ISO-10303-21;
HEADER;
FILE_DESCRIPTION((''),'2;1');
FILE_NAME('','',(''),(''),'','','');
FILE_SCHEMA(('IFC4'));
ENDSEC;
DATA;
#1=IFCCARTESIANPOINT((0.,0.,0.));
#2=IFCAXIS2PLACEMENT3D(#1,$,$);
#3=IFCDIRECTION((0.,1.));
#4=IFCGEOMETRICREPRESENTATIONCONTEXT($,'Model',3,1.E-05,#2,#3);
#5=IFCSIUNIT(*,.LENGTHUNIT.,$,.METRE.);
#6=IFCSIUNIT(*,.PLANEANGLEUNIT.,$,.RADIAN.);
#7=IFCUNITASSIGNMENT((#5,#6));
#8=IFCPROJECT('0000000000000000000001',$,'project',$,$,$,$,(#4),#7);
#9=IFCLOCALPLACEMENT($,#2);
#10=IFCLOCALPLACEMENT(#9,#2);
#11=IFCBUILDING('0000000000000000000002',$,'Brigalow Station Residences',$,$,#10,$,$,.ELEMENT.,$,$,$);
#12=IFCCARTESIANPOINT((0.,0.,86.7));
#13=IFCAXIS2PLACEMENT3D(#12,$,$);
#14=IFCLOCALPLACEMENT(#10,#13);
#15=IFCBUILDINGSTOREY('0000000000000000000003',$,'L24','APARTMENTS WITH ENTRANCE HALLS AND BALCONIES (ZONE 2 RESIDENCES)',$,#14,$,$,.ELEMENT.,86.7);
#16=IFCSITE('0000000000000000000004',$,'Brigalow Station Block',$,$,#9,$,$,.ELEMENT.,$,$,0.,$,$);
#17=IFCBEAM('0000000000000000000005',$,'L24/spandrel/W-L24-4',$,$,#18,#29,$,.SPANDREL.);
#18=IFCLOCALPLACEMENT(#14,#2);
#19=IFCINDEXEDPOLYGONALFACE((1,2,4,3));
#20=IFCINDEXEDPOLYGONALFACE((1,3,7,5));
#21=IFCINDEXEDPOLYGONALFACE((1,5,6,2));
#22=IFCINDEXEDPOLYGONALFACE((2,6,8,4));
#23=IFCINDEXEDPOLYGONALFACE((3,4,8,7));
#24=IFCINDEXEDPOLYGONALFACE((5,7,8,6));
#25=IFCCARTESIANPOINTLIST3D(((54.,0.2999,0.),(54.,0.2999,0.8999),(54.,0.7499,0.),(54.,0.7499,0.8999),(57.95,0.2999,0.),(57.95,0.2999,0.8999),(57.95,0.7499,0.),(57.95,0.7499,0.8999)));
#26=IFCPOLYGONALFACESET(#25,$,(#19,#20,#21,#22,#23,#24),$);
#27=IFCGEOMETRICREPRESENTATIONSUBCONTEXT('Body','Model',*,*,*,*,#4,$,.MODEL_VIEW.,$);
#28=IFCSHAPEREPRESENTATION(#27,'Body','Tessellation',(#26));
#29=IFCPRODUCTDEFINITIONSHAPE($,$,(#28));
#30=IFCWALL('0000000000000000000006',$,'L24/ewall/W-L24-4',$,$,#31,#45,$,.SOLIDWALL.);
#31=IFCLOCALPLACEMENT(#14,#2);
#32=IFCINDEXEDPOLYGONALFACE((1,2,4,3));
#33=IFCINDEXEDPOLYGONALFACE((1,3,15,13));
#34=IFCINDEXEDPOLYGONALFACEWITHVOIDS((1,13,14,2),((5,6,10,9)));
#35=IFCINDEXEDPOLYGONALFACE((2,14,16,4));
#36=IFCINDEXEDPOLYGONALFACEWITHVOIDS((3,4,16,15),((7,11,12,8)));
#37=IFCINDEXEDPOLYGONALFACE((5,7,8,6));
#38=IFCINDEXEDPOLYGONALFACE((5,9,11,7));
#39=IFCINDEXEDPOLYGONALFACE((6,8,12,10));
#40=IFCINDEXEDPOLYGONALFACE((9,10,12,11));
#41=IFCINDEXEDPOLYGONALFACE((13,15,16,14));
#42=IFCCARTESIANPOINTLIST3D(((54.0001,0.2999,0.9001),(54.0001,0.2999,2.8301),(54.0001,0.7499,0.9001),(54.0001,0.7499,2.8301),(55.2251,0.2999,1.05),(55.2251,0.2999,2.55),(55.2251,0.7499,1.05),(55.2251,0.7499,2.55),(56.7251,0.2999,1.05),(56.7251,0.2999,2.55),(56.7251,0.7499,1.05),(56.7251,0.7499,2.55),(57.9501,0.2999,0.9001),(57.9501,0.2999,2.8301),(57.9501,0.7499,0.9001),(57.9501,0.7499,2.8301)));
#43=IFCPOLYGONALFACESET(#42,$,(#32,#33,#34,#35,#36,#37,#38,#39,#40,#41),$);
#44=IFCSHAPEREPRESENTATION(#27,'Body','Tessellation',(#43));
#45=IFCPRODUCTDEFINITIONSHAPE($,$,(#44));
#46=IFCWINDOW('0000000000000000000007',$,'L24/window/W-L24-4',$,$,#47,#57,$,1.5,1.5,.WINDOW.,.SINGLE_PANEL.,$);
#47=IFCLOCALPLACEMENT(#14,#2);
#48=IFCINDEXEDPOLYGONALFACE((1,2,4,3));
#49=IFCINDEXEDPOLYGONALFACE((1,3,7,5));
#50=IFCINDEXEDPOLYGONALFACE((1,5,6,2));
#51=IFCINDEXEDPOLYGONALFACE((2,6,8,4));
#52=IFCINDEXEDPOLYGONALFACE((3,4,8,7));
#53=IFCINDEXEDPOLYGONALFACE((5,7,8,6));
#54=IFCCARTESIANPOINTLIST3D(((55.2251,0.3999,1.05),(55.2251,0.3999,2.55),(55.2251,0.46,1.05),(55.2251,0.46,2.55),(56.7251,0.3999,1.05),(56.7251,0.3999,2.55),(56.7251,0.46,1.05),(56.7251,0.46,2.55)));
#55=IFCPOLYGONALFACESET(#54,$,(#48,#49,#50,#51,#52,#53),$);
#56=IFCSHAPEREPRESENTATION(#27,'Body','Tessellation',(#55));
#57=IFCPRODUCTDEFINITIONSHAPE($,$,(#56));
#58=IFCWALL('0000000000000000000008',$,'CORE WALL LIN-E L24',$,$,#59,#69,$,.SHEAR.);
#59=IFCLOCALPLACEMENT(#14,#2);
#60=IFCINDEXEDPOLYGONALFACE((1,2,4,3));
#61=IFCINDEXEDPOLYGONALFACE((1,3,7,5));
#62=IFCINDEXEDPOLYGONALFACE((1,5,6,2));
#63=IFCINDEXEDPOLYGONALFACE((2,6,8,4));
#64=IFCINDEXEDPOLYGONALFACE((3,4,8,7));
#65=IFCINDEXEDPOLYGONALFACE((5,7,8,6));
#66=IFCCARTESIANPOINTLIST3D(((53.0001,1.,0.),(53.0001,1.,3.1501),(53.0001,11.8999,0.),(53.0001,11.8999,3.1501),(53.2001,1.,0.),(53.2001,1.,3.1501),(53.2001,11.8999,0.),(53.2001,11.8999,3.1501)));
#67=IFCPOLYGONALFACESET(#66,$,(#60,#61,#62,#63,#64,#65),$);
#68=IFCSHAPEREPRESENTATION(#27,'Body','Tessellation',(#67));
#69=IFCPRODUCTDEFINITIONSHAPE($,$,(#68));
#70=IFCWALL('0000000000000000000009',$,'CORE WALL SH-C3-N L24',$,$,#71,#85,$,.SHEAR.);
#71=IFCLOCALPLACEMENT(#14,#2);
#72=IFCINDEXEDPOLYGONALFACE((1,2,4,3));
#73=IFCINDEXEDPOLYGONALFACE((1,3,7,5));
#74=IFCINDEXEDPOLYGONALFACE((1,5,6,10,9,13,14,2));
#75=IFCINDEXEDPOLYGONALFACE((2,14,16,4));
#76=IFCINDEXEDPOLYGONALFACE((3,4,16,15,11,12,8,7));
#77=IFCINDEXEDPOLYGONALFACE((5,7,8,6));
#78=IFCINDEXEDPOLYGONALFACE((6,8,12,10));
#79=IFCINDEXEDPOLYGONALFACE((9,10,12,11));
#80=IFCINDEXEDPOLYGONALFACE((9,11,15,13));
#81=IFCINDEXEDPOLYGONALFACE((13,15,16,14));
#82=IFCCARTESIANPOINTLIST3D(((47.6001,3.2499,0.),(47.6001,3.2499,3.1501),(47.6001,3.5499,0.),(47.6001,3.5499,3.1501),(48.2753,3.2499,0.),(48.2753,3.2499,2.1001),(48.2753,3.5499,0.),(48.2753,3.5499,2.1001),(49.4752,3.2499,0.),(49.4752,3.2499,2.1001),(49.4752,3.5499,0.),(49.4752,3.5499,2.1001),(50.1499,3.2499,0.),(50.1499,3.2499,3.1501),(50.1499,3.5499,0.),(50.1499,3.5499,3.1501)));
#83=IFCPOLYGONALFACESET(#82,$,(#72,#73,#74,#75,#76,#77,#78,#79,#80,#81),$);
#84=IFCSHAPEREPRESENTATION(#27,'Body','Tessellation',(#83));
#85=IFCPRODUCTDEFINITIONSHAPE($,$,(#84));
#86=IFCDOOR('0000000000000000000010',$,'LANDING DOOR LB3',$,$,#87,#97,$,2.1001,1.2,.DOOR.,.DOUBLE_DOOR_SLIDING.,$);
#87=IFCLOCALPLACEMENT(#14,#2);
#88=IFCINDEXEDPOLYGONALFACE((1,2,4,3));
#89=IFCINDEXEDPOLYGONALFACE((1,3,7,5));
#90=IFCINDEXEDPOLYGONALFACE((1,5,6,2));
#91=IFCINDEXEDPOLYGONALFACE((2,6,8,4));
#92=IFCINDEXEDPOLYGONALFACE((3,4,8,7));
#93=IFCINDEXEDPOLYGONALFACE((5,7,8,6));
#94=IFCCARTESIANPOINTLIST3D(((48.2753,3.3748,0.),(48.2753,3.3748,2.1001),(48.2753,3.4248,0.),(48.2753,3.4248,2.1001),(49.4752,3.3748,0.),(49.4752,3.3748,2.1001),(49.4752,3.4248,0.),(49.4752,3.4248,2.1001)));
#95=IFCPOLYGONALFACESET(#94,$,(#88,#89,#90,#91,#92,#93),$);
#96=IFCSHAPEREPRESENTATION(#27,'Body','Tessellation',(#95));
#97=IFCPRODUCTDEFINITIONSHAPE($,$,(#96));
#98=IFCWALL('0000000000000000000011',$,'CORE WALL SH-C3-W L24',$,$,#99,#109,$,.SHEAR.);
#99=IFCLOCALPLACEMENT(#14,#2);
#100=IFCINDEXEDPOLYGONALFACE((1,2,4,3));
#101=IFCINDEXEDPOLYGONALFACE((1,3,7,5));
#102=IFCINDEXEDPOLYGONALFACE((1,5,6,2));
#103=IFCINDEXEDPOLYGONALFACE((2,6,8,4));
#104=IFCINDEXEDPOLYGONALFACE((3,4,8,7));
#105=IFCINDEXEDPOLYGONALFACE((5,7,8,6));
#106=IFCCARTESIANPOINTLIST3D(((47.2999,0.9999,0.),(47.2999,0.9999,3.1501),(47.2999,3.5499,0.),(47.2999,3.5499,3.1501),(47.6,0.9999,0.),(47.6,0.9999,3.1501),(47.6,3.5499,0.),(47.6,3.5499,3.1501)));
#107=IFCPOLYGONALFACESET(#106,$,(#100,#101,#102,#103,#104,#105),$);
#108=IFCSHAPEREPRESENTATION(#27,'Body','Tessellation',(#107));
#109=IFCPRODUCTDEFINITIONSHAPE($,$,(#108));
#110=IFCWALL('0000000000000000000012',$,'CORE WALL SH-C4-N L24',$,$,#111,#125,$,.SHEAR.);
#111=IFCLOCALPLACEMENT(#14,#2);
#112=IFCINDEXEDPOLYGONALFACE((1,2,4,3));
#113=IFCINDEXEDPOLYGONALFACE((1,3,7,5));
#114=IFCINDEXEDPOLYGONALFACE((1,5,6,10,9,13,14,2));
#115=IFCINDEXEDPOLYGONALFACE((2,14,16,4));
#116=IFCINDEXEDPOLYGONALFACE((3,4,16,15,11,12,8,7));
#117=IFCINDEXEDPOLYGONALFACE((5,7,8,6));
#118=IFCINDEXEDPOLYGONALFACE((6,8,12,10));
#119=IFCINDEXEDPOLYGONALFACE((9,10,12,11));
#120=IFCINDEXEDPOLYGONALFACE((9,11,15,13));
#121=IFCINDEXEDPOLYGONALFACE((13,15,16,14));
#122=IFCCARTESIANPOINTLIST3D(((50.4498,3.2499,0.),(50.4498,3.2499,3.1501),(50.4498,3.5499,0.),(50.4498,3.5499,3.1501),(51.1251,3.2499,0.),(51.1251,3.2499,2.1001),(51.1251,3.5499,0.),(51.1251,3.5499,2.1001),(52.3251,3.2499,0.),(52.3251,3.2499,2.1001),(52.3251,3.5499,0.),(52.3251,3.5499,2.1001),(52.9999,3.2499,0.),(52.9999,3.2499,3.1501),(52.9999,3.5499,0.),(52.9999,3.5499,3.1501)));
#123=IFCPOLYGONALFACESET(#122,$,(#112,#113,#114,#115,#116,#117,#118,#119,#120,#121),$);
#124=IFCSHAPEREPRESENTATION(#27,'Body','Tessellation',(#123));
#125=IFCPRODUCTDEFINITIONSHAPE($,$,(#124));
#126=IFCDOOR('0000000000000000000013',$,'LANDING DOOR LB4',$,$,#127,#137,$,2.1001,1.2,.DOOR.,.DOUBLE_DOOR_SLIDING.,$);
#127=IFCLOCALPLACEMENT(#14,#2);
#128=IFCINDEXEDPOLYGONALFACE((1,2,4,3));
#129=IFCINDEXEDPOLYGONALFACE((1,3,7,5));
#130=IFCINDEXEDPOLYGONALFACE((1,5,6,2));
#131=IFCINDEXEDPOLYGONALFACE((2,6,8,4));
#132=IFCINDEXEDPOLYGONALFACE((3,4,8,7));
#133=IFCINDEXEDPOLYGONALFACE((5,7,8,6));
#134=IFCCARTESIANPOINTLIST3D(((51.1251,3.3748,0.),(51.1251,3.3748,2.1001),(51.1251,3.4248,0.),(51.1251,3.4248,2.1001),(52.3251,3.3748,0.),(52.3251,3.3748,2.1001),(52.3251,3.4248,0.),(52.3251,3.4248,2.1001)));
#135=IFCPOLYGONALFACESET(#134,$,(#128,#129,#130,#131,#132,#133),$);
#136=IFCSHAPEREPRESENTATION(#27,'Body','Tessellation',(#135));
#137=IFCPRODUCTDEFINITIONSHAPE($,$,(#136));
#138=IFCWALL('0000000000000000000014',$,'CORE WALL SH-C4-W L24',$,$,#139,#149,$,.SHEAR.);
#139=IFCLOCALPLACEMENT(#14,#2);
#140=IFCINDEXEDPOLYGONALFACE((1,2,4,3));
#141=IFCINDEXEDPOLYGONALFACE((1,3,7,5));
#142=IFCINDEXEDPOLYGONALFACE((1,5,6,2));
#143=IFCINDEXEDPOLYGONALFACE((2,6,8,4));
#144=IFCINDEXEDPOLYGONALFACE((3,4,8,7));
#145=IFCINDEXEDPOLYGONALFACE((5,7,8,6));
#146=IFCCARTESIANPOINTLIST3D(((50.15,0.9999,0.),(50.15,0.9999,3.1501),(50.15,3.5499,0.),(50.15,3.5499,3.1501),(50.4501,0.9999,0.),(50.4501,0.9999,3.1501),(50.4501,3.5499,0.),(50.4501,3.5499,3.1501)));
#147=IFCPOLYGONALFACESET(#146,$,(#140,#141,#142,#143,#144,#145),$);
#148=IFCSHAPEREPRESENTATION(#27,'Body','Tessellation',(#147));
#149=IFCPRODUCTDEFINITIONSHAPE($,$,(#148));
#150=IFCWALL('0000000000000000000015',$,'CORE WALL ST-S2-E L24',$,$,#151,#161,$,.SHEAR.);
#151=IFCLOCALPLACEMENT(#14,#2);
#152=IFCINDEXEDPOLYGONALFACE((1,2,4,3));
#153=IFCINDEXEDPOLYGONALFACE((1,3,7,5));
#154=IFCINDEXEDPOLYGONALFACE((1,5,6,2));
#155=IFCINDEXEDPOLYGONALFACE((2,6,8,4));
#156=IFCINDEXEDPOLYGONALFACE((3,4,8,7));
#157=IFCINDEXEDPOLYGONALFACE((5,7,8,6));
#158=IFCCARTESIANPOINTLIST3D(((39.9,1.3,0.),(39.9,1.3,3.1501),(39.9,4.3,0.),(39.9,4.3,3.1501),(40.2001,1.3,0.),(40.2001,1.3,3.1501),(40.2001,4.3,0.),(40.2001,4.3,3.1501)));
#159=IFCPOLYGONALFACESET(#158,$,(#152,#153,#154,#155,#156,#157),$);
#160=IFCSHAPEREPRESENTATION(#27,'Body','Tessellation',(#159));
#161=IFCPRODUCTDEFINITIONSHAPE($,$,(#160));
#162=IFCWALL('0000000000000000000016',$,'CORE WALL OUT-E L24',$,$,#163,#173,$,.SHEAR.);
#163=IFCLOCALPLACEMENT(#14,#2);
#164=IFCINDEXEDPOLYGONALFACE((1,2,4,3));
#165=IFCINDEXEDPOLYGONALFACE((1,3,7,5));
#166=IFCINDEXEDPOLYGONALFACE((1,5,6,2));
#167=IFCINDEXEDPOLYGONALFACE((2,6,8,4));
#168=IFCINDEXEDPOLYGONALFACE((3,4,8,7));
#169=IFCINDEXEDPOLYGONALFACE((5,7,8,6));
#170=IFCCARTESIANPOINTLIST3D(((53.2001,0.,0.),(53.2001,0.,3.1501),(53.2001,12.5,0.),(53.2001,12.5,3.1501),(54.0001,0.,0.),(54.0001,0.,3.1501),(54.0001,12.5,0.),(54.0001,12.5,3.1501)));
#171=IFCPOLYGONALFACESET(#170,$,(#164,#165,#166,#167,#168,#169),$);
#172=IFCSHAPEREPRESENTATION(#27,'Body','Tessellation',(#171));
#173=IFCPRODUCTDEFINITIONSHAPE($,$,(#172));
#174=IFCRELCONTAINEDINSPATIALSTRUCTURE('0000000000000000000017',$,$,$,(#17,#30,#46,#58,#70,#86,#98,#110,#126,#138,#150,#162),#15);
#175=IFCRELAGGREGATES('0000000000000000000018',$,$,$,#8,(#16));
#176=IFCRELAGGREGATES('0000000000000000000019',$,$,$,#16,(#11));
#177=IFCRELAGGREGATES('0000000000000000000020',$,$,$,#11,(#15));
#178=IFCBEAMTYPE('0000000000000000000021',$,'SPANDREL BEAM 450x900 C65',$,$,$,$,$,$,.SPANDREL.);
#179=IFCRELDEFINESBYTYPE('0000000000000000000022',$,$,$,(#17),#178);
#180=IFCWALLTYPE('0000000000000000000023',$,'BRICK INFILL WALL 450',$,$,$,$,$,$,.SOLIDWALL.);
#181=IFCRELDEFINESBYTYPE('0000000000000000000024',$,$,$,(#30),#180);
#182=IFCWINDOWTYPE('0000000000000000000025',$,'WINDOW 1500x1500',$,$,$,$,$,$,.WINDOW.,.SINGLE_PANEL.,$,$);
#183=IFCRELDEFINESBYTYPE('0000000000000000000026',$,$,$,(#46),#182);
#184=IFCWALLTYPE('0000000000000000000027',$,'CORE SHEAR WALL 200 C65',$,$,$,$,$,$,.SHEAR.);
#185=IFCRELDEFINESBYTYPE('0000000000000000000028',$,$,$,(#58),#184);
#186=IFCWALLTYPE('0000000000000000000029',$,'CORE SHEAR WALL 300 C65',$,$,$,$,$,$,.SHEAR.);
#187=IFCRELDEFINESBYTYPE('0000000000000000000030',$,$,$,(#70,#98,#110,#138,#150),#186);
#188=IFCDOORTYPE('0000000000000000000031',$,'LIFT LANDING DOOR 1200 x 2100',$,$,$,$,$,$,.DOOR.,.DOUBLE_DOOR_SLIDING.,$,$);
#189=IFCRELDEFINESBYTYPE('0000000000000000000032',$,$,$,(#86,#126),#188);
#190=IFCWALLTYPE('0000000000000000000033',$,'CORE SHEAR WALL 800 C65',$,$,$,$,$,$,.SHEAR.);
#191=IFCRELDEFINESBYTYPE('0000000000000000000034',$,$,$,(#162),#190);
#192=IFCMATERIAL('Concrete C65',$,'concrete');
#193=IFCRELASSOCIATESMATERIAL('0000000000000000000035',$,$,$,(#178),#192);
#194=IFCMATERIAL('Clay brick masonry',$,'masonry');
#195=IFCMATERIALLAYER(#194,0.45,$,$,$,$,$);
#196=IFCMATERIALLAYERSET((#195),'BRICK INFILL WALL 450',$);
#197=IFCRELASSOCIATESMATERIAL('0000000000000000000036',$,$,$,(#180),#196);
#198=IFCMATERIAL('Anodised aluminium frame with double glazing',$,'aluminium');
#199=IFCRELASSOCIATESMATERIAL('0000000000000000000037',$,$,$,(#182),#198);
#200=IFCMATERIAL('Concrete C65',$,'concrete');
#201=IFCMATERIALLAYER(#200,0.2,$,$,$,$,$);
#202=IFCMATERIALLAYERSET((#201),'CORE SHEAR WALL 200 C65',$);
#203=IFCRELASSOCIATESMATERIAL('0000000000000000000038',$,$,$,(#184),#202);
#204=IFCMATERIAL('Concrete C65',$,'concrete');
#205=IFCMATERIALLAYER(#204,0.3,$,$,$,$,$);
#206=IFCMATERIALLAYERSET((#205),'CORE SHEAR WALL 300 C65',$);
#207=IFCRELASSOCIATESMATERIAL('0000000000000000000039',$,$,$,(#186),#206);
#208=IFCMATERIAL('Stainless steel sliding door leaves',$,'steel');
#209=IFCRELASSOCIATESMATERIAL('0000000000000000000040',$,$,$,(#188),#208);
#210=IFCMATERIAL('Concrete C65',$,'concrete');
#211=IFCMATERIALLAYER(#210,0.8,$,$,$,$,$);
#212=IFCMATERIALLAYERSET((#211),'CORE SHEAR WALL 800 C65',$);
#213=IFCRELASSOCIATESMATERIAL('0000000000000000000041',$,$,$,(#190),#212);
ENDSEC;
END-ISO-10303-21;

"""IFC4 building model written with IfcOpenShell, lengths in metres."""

from ifc_helpers import new_model, si_unit, direction, frame, frame_2d, origin, origin_2d, place, context, subcontext, project, spatial, rectangle, extrude, material, layer, layer_set, material_profile, profile_set, type_object, element, fill, save


model = new_model("IFC4")

# Units and contexts
model_context = context("Model", 3, precision=1e-05, world=origin(), true_north=direction((0.0, 1.0)))
body_context = subcontext(model_context, "Body", "Model", "MODEL_VIEW")
ifc_project = project(units=[si_unit("LENGTHUNIT", "METRE"), si_unit("PLANEANGLEUNIT", "RADIAN")], contexts=[model_context])

# Site, building, storey
site_placement = place(None, origin())
site = spatial("IfcSite", under=ifc_project, at=site_placement, Name="Brigalow Station Block", CompositionType="ELEMENT", RefElevation=0.0)
building_placement = place(site_placement, origin())
building = spatial("IfcBuilding", under=site, at=building_placement, Name="Brigalow Station Residences", CompositionType="ELEMENT")
storey_placement = place(building_placement, frame((0.0, 0.0, 86.7)))
storey = spatial("IfcBuildingStorey", under=building, at=storey_placement, Name="L24", Description="APARTMENTS WITH ENTRANCE HALLS AND BALCONIES (ZONE 2 RESIDENCES)", CompositionType="ELEMENT", Elevation=86.7)

# Beam
ifc_material_1 = material(Name="Concrete C65", Category="concrete")
ifc_material_profile = material_profile(ifc_material_1, rectangle(XDim=0.45, YDim=0.8999, at=origin_2d()), Name="RC450x900")
ifc_profile_set = profile_set([ifc_material_profile], Name="Concrete C65")
beam_type = type_object("IfcBeamType", Name="SPANDREL BEAM 450x900 C65", PredefinedType="SPANDREL", material=ifc_profile_set)
beam_placement = place(storey_placement, frame((54.0, 0.5249, 0.45), z_axis=(1.0, 0.0, 0.0), x_axis=(0.0, 1.0, 0.0)))
element("IfcBeam", 1, at=beam_placement, inside=storey, type_object=beam_type, Name="L24/spandrel/W-L24-4", PredefinedType="SPANDREL", context=body_context, shape_type="SweptSolid", body=[
    extrude(rectangle(XDim=0.45, YDim=0.8999, at=origin_2d()), origin(), (0.0, 0.0, 1.0), 3.95),
])

# Wall, opening, window
ifc_material_2 = material(Name="Clay brick masonry", Category="masonry")
ifc_layer_1 = layer(ifc_material_2, 0.45)
ifc_layer_set_1 = layer_set([ifc_layer_1], Name="BRICK INFILL WALL 450")
wall_type_1 = type_object("IfcWallType", Name="BRICK INFILL WALL 450", PredefinedType="SOLIDWALL", material=ifc_layer_set_1)
wall_1_placement = place(storey_placement, frame((54.0, 0.5249, 0.9001), z_axis=(0.0, 0.0, 1.0), x_axis=(1.0, 0.0, 0.0)))
wall_1 = element("IfcWall", 2, at=wall_1_placement, inside=storey, type_object=wall_type_1, Name="L24/ewall/W-L24-4", PredefinedType="SOLIDWALL", context=body_context, shape_type="SweptSolid", body=[
    extrude(rectangle(XDim=3.95, YDim=0.45, at=frame_2d((1.9751, 0.0))), origin(), (0.0, 0.0, 1.0), 1.9299),
])
opening_1_placement = place(wall_1_placement, frame((1.2251, 0.0, 0.1499)))
opening_1 = element("IfcOpeningElement", 3, at=opening_1_placement, cuts=wall_1, PredefinedType="OPENING", context=body_context, shape_type="SweptSolid", body=[
    extrude(rectangle(XDim=1.5, YDim=1.5, at=frame_2d((0.75, 0.75))), frame((0.0, 0.2349, 0.0), z_axis=(0.0, -1.0, 0.0), x_axis=(1.0, 0.0, 0.0)), (0.0, 0.0, 1.0), 0.47),
])
ifc_material_3 = material(Name="Anodised aluminium frame with double glazing", Category="aluminium")
window_type = type_object("IfcWindowType", Name="WINDOW 1500x1500", PartitioningType="SINGLE_PANEL", PredefinedType="WINDOW", material=ifc_material_3)
window_placement = place(opening_1_placement, origin())
window = element("IfcWindow", 4, at=window_placement, inside=storey, type_object=window_type, Name="L24/window/W-L24-4", OverallHeight=1.5, OverallWidth=1.5, PartitioningType="SINGLE_PANEL", PredefinedType="WINDOW", context=body_context, shape_type="SweptSolid", body=[
    extrude(rectangle(XDim=1.5, YDim=1.5, at=frame_2d((0.75, 0.75))), frame((0.0, -0.0649, 0.0), z_axis=(0.0, -1.0, 0.0), x_axis=(1.0, 0.0, 0.0)), (0.0, 0.0, 1.0), 0.0601),
])
fill(opening_1, window)

# Wall
ifc_material_4 = material(Name="Concrete C65", Category="concrete")
ifc_layer_2 = layer(ifc_material_4, 0.2)
ifc_layer_set_2 = layer_set([ifc_layer_2], Name="CORE SHEAR WALL 200 C65")
wall_type_2 = type_object("IfcWallType", Name="CORE SHEAR WALL 200 C65", PredefinedType="SHEAR", material=ifc_layer_set_2)
wall_2_placement = place(storey_placement, frame((53.1001, 1.0, 0.0), z_axis=(0.0, 0.0, 1.0), x_axis=(0.0, 1.0, 0.0)))
element("IfcWall", 5, at=wall_2_placement, inside=storey, type_object=wall_type_2, Name="CORE WALL LIN-E L24", PredefinedType="SHEAR", context=body_context, shape_type="SweptSolid", body=[
    extrude(rectangle(XDim=10.8999, YDim=0.2, at=frame_2d((5.45, 0.0))), origin(), (0.0, 0.0, 1.0), 3.1501),
])

# Wall, opening, door
ifc_material_5 = material(Name="Concrete C65", Category="concrete")
ifc_layer_3 = layer(ifc_material_5, 0.3)
ifc_layer_set_3 = layer_set([ifc_layer_3], Name="CORE SHEAR WALL 300 C65")
wall_type_3 = type_object("IfcWallType", Name="CORE SHEAR WALL 300 C65", PredefinedType="SHEAR", material=ifc_layer_set_3)
wall_3_placement = place(storey_placement, frame((47.6001, 3.3999, 0.0), z_axis=(0.0, 0.0, 1.0), x_axis=(1.0, 0.0, 0.0)))
wall_3 = element("IfcWall", 6, at=wall_3_placement, inside=storey, type_object=wall_type_3, Name="CORE WALL SH-C3-N L24", PredefinedType="SHEAR", context=body_context, shape_type="SweptSolid", body=[
    extrude(rectangle(XDim=2.5498, YDim=0.3, at=frame_2d((1.2749, 0.0))), origin(), (0.0, 0.0, 1.0), 3.1501),
])
opening_2_placement = place(wall_3_placement, frame((0.675, 0.0, 0.0)))
opening_2 = element("IfcOpeningElement", 7, at=opening_2_placement, cuts=wall_3, PredefinedType="OPENING", context=body_context, shape_type="SweptSolid", body=[
    extrude(rectangle(XDim=1.2, YDim=2.1001, at=frame_2d((0.6001, 1.05))), frame((0.0, 0.1602, 0.0), z_axis=(0.0, -1.0, 0.0), x_axis=(1.0, 0.0, 0.0)), (0.0, 0.0, 1.0), 0.3201),
])
ifc_material_6 = material(Name="Stainless steel sliding door leaves", Category="steel")
door_type_1 = type_object("IfcDoorType", Name="LIFT LANDING DOOR 1200 x 2100", OperationType="DOUBLE_DOOR_SLIDING", PredefinedType="DOOR", material=ifc_material_6)
door_1_placement = place(opening_2_placement, origin())
door_1 = element("IfcDoor", 8, at=door_1_placement, inside=storey, type_object=door_type_1, Name="LANDING DOOR LB3", OperationType="DOUBLE_DOOR_SLIDING", OverallHeight=2.1001, OverallWidth=1.2, PredefinedType="DOOR", context=body_context, shape_type="SweptSolid", body=[
    extrude(rectangle(XDim=1.2, YDim=2.1001, at=frame_2d((0.6001, 1.05))), frame((0.0, 0.0249, 0.0), z_axis=(0.0, -1.0, 0.0), x_axis=(1.0, 0.0, 0.0)), (0.0, 0.0, 1.0), 0.05),
])
fill(opening_2, door_1)

# Wall
wall_4_placement = place(storey_placement, frame((47.45, 1.0, 0.0), z_axis=(0.0, 0.0, 1.0), x_axis=(0.0, 1.0, 0.0)))
element("IfcWall", 9, at=wall_4_placement, inside=storey, type_object=wall_type_3, Name="CORE WALL SH-C3-W L24", PredefinedType="SHEAR", context=body_context, shape_type="SweptSolid", body=[
    extrude(rectangle(XDim=2.55, YDim=0.3, at=frame_2d((1.2749, 0.0))), origin(), (0.0, 0.0, 1.0), 3.1501),
])

# Wall, opening, door
wall_5_placement = place(storey_placement, frame((50.45, 3.3999, 0.0), z_axis=(0.0, 0.0, 1.0), x_axis=(1.0, 0.0, 0.0)))
wall_5 = element("IfcWall", 10, at=wall_5_placement, inside=storey, type_object=wall_type_3, Name="CORE WALL SH-C4-N L24", PredefinedType="SHEAR", context=body_context, shape_type="SweptSolid", body=[
    extrude(rectangle(XDim=2.55, YDim=0.3, at=frame_2d((1.2749, 0.0))), origin(), (0.0, 0.0, 1.0), 3.1501),
])
opening_3_placement = place(wall_5_placement, frame((0.675, 0.0, 0.0)))
opening_3 = element("IfcOpeningElement", 11, at=opening_3_placement, cuts=wall_5, PredefinedType="OPENING", context=body_context, shape_type="SweptSolid", body=[
    extrude(rectangle(XDim=1.2, YDim=2.1001, at=frame_2d((0.6001, 1.05))), frame((0.0, 0.1602, 0.0), z_axis=(0.0, -1.0, 0.0), x_axis=(1.0, 0.0, 0.0)), (0.0, 0.0, 1.0), 0.3201),
])
door_2_placement = place(opening_3_placement, origin())
door_2 = element("IfcDoor", 12, at=door_2_placement, inside=storey, type_object=door_type_1, Name="LANDING DOOR LB4", OperationType="DOUBLE_DOOR_SLIDING", OverallHeight=2.1001, OverallWidth=1.2, PredefinedType="DOOR", context=body_context, shape_type="SweptSolid", body=[
    extrude(rectangle(XDim=1.2, YDim=2.1001, at=frame_2d((0.6001, 1.05))), frame((0.0, 0.0249, 0.0), z_axis=(0.0, -1.0, 0.0), x_axis=(1.0, 0.0, 0.0)), (0.0, 0.0, 1.0), 0.05),
])
fill(opening_3, door_2)

# Walls
wall_6_placement = place(storey_placement, frame((50.3, 1.0, 0.0), z_axis=(0.0, 0.0, 1.0), x_axis=(0.0, 1.0, 0.0)))
element("IfcWall", 13, at=wall_6_placement, inside=storey, type_object=wall_type_3, Name="CORE WALL SH-C4-W L24", PredefinedType="SHEAR", context=body_context, shape_type="SweptSolid", body=[
    extrude(rectangle(XDim=2.55, YDim=0.3, at=frame_2d((1.2749, 0.0))), origin(), (0.0, 0.0, 1.0), 3.1501),
])
wall_7_placement = place(storey_placement, frame((40.05, 1.3, 0.0), z_axis=(0.0, 0.0, 1.0), x_axis=(0.0, 1.0, 0.0)))
element("IfcWall", 14, at=wall_7_placement, inside=storey, type_object=wall_type_3, Name="CORE WALL ST-S2-E L24", PredefinedType="SHEAR", context=body_context, shape_type="SweptSolid", body=[
    extrude(rectangle(XDim=3.0, YDim=0.3, at=frame_2d((1.5, 0.0))), origin(), (0.0, 0.0, 1.0), 3.1501),
])
ifc_material_7 = material(Name="Concrete C65", Category="concrete")
ifc_layer_4 = layer(ifc_material_7, 0.8)
ifc_layer_set_4 = layer_set([ifc_layer_4], Name="CORE SHEAR WALL 800 C65")
wall_type_4 = type_object("IfcWallType", Name="CORE SHEAR WALL 800 C65", PredefinedType="SHEAR", material=ifc_layer_set_4)
wall_8_placement = place(storey_placement, frame((53.6001, 0.0, 0.0), z_axis=(0.0, 0.0, 1.0), x_axis=(0.0, 1.0, 0.0)))
element("IfcWall", 15, at=wall_8_placement, inside=storey, type_object=wall_type_4, Name="CORE WALL OUT-E L24", PredefinedType="SHEAR", context=body_context, shape_type="SweptSolid", body=[
    extrude(rectangle(XDim=12.5, YDim=0.8, at=frame_2d((6.25, 0.0))), origin(), (0.0, 0.0, 1.0), 3.1501),
])

save(model, "model.ifc")
